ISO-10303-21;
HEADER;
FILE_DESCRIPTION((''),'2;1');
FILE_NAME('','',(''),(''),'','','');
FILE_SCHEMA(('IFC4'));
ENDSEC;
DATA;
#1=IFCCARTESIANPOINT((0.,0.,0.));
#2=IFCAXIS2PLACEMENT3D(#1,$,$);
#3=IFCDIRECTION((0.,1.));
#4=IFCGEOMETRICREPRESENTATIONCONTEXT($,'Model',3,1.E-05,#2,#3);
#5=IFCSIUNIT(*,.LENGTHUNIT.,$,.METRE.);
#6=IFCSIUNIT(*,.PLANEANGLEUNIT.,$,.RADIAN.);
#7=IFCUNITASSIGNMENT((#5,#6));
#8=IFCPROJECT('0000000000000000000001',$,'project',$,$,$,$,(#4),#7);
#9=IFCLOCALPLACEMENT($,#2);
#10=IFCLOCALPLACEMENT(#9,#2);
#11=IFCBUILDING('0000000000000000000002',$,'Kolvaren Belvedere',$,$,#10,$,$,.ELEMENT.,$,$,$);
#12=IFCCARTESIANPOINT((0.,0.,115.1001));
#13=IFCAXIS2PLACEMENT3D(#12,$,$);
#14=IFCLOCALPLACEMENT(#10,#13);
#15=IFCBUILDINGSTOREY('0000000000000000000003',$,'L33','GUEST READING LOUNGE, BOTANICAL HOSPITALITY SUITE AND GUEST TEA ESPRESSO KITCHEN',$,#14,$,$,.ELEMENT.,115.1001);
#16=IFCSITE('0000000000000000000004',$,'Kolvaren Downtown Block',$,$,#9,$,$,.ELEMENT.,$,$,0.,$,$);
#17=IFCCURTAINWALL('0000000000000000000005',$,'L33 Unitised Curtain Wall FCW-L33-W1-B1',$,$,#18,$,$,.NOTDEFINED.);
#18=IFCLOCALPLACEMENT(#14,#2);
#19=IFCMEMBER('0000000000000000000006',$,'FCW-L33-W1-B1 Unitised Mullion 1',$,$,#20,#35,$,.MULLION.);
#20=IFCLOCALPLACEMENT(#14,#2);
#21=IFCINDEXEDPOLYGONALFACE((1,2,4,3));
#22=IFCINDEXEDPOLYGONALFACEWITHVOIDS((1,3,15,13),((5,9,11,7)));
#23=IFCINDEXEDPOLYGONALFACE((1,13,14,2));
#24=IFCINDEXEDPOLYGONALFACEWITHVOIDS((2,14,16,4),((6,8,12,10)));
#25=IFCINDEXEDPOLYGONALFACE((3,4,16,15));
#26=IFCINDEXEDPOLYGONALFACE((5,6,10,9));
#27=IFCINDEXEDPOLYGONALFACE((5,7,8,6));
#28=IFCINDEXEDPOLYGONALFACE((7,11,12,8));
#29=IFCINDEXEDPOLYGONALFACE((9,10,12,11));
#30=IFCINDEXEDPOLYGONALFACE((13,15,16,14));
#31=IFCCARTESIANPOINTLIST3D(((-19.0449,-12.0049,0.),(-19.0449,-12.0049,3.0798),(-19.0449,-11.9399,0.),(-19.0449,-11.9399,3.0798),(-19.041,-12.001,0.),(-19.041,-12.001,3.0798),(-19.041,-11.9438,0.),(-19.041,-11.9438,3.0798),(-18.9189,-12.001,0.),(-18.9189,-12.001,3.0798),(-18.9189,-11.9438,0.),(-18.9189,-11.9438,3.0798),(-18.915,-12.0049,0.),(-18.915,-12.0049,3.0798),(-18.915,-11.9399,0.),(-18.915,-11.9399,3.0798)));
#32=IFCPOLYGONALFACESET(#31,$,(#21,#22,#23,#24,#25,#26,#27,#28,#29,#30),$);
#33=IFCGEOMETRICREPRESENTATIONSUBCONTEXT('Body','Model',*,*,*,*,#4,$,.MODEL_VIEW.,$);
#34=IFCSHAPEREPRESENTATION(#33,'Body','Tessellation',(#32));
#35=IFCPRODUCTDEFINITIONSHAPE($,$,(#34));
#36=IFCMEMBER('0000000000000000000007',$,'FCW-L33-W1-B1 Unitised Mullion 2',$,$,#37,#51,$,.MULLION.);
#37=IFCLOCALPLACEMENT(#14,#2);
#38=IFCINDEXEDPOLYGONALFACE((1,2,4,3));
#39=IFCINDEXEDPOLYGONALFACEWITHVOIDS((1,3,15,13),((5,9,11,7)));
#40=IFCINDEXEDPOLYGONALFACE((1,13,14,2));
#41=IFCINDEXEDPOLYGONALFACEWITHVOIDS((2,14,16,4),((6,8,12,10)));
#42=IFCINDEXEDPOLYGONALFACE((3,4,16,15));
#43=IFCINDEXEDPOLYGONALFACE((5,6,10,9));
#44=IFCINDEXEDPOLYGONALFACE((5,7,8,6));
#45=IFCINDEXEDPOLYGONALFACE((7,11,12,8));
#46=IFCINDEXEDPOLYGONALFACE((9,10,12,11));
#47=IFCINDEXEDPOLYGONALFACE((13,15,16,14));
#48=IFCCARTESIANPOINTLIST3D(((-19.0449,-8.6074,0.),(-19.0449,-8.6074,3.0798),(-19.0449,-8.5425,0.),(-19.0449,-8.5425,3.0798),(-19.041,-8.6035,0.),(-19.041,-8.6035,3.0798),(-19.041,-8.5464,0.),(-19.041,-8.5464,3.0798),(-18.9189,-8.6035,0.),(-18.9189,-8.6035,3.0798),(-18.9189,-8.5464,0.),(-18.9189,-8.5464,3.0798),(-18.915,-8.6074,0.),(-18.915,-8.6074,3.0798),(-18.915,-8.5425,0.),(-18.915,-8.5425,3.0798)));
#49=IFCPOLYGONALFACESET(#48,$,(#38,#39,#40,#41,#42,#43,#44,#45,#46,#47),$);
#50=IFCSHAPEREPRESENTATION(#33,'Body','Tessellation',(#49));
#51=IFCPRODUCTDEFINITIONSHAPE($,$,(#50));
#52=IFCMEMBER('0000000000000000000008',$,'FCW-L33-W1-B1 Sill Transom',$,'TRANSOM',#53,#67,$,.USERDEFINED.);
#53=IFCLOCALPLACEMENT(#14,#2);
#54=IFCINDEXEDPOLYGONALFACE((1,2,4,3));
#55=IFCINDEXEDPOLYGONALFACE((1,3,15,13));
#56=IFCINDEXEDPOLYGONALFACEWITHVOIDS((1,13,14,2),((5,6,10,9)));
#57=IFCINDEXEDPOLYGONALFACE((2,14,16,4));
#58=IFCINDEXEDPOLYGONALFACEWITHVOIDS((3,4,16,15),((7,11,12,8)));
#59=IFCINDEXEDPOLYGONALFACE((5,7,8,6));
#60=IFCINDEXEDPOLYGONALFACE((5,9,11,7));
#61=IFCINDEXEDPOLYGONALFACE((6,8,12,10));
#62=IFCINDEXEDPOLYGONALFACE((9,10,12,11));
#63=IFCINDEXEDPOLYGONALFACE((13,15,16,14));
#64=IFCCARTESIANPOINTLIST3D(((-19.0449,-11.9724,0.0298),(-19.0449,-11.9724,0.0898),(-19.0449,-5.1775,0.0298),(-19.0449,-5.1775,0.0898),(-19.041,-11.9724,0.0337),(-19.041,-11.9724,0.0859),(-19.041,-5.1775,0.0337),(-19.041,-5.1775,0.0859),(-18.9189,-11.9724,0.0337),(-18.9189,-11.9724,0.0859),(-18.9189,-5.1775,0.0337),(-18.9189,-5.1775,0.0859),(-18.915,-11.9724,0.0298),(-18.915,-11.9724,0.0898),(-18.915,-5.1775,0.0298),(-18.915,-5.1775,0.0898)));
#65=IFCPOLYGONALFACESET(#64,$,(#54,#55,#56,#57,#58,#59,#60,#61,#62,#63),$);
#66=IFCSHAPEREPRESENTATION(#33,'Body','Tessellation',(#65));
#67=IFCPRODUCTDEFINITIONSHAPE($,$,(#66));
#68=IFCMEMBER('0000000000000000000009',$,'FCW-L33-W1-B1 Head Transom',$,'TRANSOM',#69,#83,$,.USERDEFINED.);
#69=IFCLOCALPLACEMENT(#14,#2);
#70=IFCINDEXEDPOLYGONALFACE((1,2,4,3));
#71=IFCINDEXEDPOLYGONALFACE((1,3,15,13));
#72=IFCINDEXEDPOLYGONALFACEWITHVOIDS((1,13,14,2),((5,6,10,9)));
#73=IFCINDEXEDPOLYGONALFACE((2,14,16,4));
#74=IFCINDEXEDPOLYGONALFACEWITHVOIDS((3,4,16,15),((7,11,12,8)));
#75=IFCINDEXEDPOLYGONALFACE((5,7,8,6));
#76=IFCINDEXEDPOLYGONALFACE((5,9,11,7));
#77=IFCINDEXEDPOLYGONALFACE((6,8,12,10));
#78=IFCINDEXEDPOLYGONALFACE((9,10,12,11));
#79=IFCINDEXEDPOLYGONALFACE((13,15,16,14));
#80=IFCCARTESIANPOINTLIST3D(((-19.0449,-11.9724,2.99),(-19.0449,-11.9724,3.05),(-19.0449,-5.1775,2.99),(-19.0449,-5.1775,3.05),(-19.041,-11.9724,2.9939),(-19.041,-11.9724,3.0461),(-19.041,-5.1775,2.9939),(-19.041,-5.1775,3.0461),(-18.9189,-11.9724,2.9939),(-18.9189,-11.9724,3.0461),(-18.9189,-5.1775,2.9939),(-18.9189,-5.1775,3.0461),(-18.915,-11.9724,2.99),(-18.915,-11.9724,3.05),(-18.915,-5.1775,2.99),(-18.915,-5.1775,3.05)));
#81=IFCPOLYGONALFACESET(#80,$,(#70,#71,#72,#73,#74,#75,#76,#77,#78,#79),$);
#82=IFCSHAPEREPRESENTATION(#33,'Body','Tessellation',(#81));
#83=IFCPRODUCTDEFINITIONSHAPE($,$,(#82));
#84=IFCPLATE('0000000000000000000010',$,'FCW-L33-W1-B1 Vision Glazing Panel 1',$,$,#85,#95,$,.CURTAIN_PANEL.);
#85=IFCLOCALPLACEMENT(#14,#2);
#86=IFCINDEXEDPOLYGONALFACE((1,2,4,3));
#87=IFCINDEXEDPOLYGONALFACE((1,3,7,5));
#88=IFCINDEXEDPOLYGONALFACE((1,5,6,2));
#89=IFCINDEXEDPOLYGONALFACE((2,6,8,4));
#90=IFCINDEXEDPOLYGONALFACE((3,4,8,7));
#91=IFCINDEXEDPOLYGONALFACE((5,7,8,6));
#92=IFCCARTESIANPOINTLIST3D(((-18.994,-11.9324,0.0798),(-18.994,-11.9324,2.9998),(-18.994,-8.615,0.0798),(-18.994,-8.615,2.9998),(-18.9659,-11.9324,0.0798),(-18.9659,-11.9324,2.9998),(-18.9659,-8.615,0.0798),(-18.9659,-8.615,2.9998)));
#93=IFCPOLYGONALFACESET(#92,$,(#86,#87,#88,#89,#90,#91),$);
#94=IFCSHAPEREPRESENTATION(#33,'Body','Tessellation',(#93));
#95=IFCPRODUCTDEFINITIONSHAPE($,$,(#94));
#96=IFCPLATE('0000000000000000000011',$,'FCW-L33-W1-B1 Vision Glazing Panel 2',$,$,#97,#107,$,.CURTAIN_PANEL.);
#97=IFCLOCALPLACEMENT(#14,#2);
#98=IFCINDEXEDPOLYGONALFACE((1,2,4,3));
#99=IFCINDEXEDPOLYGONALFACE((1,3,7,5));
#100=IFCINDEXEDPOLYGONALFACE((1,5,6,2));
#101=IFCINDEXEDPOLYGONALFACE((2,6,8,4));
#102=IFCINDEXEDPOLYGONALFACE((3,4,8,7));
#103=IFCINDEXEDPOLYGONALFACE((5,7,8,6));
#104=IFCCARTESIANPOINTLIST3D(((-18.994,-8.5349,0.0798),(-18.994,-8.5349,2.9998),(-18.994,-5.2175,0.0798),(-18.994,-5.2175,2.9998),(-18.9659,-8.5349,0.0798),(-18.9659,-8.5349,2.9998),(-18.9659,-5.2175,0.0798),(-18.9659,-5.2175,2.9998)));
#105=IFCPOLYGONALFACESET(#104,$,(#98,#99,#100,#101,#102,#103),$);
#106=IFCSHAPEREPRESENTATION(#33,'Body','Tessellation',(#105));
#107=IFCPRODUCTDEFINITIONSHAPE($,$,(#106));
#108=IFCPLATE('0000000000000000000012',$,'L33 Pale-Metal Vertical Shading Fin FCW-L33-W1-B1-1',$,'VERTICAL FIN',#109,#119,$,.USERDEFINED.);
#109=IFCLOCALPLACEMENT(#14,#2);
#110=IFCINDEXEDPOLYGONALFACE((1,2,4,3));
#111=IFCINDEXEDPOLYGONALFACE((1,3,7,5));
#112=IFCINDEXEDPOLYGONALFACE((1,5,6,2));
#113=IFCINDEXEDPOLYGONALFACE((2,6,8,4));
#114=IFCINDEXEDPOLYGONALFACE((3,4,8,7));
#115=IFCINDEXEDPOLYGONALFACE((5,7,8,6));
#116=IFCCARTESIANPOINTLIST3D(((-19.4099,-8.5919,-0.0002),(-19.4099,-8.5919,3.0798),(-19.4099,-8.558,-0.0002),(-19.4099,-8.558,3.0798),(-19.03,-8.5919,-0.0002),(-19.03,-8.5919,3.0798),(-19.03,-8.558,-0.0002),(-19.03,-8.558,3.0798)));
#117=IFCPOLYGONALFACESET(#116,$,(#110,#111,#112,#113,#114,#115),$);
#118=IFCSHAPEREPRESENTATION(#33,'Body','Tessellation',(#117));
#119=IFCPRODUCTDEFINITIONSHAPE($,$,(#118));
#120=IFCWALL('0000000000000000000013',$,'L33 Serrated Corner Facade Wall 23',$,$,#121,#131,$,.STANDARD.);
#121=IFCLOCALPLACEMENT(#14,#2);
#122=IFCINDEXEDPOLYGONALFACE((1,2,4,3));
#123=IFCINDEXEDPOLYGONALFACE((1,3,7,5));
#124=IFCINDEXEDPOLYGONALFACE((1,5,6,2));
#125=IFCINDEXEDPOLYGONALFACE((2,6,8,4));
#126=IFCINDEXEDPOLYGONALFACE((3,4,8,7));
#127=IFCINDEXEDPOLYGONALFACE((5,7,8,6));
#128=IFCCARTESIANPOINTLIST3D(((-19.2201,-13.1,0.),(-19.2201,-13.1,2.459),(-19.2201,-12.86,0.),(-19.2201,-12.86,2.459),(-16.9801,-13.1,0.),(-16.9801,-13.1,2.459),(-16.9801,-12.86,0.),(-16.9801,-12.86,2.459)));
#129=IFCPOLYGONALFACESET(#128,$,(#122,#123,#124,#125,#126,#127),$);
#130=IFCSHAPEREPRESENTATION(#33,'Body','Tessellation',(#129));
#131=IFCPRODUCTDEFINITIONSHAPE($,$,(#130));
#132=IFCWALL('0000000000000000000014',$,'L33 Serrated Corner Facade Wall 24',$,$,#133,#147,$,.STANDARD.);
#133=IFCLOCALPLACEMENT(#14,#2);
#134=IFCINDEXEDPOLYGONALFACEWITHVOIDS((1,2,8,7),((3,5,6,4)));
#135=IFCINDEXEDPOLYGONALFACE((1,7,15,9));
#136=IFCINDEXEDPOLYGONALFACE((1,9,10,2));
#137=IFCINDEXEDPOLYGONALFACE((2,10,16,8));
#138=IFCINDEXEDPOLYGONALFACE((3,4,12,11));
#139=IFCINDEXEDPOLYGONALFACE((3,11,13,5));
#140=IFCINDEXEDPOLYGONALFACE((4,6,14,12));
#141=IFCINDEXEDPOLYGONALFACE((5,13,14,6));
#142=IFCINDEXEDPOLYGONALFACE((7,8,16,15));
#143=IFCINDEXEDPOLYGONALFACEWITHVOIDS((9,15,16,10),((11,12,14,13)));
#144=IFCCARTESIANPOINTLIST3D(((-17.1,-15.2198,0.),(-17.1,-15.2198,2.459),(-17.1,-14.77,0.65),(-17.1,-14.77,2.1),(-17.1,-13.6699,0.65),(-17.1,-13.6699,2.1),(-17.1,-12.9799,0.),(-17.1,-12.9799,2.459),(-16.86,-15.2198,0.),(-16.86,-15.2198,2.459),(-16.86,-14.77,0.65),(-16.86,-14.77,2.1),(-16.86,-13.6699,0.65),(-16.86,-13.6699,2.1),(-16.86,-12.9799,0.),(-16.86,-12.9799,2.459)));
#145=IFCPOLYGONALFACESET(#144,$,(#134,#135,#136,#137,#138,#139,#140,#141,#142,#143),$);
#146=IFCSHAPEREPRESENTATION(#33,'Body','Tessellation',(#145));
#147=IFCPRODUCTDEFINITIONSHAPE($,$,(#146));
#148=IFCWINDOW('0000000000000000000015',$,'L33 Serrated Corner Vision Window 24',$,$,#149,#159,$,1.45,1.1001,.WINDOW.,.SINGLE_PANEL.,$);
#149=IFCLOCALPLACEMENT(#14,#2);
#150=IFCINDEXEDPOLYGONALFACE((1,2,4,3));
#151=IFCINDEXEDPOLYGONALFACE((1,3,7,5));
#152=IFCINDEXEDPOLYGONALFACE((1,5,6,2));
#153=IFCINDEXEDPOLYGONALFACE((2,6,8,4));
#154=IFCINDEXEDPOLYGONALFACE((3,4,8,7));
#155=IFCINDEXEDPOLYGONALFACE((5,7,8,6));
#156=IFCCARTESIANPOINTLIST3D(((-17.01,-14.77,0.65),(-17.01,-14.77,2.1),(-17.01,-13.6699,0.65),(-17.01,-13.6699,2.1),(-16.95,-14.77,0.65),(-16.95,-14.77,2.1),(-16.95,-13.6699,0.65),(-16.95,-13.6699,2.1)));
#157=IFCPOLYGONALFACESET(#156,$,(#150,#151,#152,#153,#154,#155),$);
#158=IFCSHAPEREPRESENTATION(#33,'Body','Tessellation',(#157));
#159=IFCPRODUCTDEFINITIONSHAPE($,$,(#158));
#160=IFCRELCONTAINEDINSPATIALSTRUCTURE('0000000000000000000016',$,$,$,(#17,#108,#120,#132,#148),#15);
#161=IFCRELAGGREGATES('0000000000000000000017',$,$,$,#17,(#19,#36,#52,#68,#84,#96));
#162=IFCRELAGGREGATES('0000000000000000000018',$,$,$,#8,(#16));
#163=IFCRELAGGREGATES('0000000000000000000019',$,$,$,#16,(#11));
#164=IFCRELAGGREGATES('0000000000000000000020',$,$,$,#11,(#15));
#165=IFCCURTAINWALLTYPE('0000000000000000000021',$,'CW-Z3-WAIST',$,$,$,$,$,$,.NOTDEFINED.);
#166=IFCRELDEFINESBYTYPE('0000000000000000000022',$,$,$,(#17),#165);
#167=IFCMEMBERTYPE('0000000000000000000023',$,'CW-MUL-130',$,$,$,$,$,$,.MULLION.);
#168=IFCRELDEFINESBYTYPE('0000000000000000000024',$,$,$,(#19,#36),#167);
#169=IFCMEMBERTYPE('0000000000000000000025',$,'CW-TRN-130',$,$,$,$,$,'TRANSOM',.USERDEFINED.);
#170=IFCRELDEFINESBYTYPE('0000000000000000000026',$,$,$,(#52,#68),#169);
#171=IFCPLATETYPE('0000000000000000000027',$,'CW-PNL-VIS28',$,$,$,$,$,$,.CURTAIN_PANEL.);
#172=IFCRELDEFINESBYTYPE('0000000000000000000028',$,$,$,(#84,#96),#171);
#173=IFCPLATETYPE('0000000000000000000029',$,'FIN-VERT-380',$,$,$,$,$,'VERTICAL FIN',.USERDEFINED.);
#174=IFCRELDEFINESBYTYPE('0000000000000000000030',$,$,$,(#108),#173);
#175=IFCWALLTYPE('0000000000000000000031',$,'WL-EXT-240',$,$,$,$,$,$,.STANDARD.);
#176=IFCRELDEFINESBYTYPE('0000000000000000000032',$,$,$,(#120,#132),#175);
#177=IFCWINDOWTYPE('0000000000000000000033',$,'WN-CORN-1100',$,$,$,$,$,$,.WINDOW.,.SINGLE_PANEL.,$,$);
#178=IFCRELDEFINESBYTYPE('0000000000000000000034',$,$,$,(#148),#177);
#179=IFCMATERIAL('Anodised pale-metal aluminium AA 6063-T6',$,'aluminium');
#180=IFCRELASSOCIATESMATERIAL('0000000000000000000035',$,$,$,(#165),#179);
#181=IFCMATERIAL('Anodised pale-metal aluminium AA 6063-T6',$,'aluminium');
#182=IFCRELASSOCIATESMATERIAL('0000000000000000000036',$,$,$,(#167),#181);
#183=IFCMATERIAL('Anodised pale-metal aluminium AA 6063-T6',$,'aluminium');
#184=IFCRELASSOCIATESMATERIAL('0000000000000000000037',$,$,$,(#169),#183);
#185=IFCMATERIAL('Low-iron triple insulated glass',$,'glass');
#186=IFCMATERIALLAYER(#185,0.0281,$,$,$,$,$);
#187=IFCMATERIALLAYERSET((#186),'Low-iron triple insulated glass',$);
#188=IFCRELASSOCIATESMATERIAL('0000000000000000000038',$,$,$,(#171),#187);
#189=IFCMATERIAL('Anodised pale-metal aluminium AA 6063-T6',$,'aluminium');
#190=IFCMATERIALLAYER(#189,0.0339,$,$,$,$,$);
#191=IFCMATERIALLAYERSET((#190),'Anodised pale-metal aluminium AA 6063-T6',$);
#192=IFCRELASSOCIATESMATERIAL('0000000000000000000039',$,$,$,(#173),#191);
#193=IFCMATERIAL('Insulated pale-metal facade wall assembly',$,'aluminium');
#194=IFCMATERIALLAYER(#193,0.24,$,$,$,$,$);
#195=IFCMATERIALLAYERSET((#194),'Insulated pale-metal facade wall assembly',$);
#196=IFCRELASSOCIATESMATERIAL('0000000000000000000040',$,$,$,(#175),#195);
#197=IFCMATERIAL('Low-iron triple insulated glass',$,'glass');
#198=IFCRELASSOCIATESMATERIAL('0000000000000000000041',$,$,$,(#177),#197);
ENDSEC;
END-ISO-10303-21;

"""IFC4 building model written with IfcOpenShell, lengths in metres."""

from ifc_helpers import new_model, si_unit, direction, frame, frame_2d, origin, origin_2d, place, context, subcontext, project, spatial, rectangle, hollow_rectangle, extrude, material, layer, layer_set, material_profile, profile_set, type_object, element, fill, aggregate, save


model = new_model("IFC4")

# Units and contexts
model_context = context("Model", 3, precision=1e-05, world=origin(), true_north=direction((0.0, 1.0)))
body_context = subcontext(model_context, "Body", "Model", "MODEL_VIEW")
ifc_project = project(units=[si_unit("LENGTHUNIT", "METRE"), si_unit("PLANEANGLEUNIT", "RADIAN")], contexts=[model_context])

# Site, building, storey
site_placement = place(None, origin())
site = spatial("IfcSite", under=ifc_project, at=site_placement, Name="Kolvaren Downtown Block", CompositionType="ELEMENT", RefElevation=0.0)
building_placement = place(site_placement, origin())
building = spatial("IfcBuilding", under=site, at=building_placement, Name="Kolvaren Belvedere", CompositionType="ELEMENT")
storey_placement = place(building_placement, frame((0.0, 0.0, 115.1001)))
storey = spatial("IfcBuildingStorey", under=building, at=storey_placement, Name="L33", Description="GUEST READING LOUNGE, BOTANICAL HOSPITALITY SUITE AND GUEST TEA ESPRESSO KITCHEN", CompositionType="ELEMENT", Elevation=115.1001)

# Shared definitions
ifc_material_1 = material(Name="Anodised pale-metal aluminium AA 6063-T6", Category="aluminium")
curtain_wall_type = type_object("IfcCurtainWallType", Name="CW-Z3-WAIST", PredefinedType="NOTDEFINED", material=ifc_material_1)
ifc_material_2 = material(Name="Anodised pale-metal aluminium AA 6063-T6", Category="aluminium")
ifc_material_profile_1 = material_profile(ifc_material_2, hollow_rectangle(XDim=0.0649, YDim=0.1299, WallThickness=0.0039, at=origin_2d()), Name="ALU-MUL-130X65")
ifc_profile_set_1 = profile_set([ifc_material_profile_1], Name="Anodised pale-metal aluminium AA 6063-T6")
member_type_1 = type_object("IfcMemberType", Name="CW-MUL-130", PredefinedType="MULLION", material=ifc_profile_set_1)

# Curtain wall, members, plates
curtain_wall_1_placement = place(storey_placement, origin())
curtain_wall_1 = element("IfcCurtainWall", 1, at=curtain_wall_1_placement, inside=storey, type_object=curtain_wall_type, Name="L33 Unitised Curtain Wall FCW-L33-W1-B1", PredefinedType="NOTDEFINED")
member_1_placement = place(storey_placement, frame((-18.98, -11.9724, 0.0), z_axis=(0.0, 0.0, 1.0), x_axis=(0.0, 1.0, 0.0)))
member_1 = element("IfcMember", 2, at=member_1_placement, type_object=member_type_1, Name="FCW-L33-W1-B1 Unitised Mullion 1", PredefinedType="MULLION", context=body_context, shape_type="SweptSolid", body=[
    extrude(hollow_rectangle(XDim=0.0649, YDim=0.1299, WallThickness=0.0039, at=origin_2d()), origin(), (0.0, 0.0, 1.0), 3.0798),
])
member_2_placement = place(storey_placement, frame((-18.98, -8.575, 0.0), z_axis=(0.0, 0.0, 1.0), x_axis=(0.0, 1.0, 0.0)))
member_2 = element("IfcMember", 3, at=member_2_placement, type_object=member_type_1, Name="FCW-L33-W1-B1 Unitised Mullion 2", PredefinedType="MULLION", context=body_context, shape_type="SweptSolid", body=[
    extrude(hollow_rectangle(XDim=0.0649, YDim=0.1299, WallThickness=0.0039, at=origin_2d()), origin(), (0.0, 0.0, 1.0), 3.0798),
])
ifc_material_3 = material(Name="Anodised pale-metal aluminium AA 6063-T6", Category="aluminium")
ifc_material_profile_2 = material_profile(ifc_material_3, hollow_rectangle(XDim=0.0601, YDim=0.1299, WallThickness=0.0039, at=origin_2d()), Name="ALU-TRN-130X60")
ifc_profile_set_2 = profile_set([ifc_material_profile_2], Name="Anodised pale-metal aluminium AA 6063-T6")
member_type_2 = type_object("IfcMemberType", Name="CW-TRN-130", ElementType="TRANSOM", PredefinedType="USERDEFINED", material=ifc_profile_set_2)
member_3_placement = place(storey_placement, frame((-18.98, -11.9724, 0.0598), z_axis=(0.0, 1.0, 0.0), x_axis=(0.0, 0.0, 1.0)))
member_3 = element("IfcMember", 4, at=member_3_placement, type_object=member_type_2, Name="FCW-L33-W1-B1 Sill Transom", ObjectType="TRANSOM", PredefinedType="USERDEFINED", context=body_context, shape_type="SweptSolid", body=[
    extrude(hollow_rectangle(XDim=0.0601, YDim=0.1299, WallThickness=0.0039, at=origin_2d()), origin(), (0.0, 0.0, 1.0), 6.7949),
])
member_4_placement = place(storey_placement, frame((-18.98, -11.9724, 3.02), z_axis=(0.0, 1.0, 0.0), x_axis=(0.0, 0.0, 1.0)))
member_4 = element("IfcMember", 5, at=member_4_placement, type_object=member_type_2, Name="FCW-L33-W1-B1 Head Transom", ObjectType="TRANSOM", PredefinedType="USERDEFINED", context=body_context, shape_type="SweptSolid", body=[
    extrude(hollow_rectangle(XDim=0.0601, YDim=0.1299, WallThickness=0.0039, at=origin_2d()), origin(), (0.0, 0.0, 1.0), 6.7949),
])
ifc_material_4 = material(Name="Low-iron triple insulated glass", Category="glass")
ifc_layer_1 = layer(ifc_material_4, 0.0281)
ifc_layer_set_1 = layer_set([ifc_layer_1], Name="Low-iron triple insulated glass")
plate_type_1 = type_object("IfcPlateType", Name="CW-PNL-VIS28", PredefinedType="CURTAIN_PANEL", material=ifc_layer_set_1)
plate_1_placement = place(storey_placement, frame((-18.98, -10.2737, 0.0798), z_axis=(0.0, 0.0, 1.0), x_axis=(0.0, 1.0, 0.0)))
plate_1 = element("IfcPlate", 6, at=plate_1_placement, type_object=plate_type_1, Name="FCW-L33-W1-B1 Vision Glazing Panel 1", PredefinedType="CURTAIN_PANEL", context=body_context, shape_type="SweptSolid", body=[
    extrude(rectangle(XDim=3.3174, YDim=0.0281, at=origin_2d()), origin(), (0.0, 0.0, 1.0), 2.9199),
])
plate_2_placement = place(storey_placement, frame((-18.98, -6.8762, 0.0798), z_axis=(0.0, 0.0, 1.0), x_axis=(0.0, 1.0, 0.0)))
plate_2 = element("IfcPlate", 7, at=plate_2_placement, type_object=plate_type_1, Name="FCW-L33-W1-B1 Vision Glazing Panel 2", PredefinedType="CURTAIN_PANEL", context=body_context, shape_type="SweptSolid", body=[
    extrude(rectangle(XDim=3.3174, YDim=0.0281, at=origin_2d()), origin(), (0.0, 0.0, 1.0), 2.9199),
])
aggregate(curtain_wall_1, [member_1, member_2, member_3, member_4, plate_1, plate_2])

# Plate
ifc_material_5 = material(Name="Anodised pale-metal aluminium AA 6063-T6", Category="aluminium")
ifc_layer_2 = layer(ifc_material_5, 0.0339)
ifc_layer_set_2 = layer_set([ifc_layer_2], Name="Anodised pale-metal aluminium AA 6063-T6")
plate_type_2 = type_object("IfcPlateType", Name="FIN-VERT-380", ElementType="VERTICAL FIN", PredefinedType="USERDEFINED", material=ifc_layer_set_2)
plate_3_placement = place(storey_placement, frame((-19.22, -8.575, -0.0002), z_axis=(0.0, 0.0, 1.0), x_axis=(1.0, 0.0, 0.0)))
element("IfcPlate", 8, at=plate_3_placement, inside=storey, type_object=plate_type_2, Name="L33 Pale-Metal Vertical Shading Fin FCW-L33-W1-B1-1", ObjectType="VERTICAL FIN", PredefinedType="USERDEFINED", context=body_context, shape_type="SweptSolid", body=[
    extrude(rectangle(XDim=0.3799, YDim=0.0339, at=origin_2d()), origin(), (0.0, 0.0, 1.0), 3.0801),
])

# Wall
ifc_material_6 = material(Name="Insulated pale-metal facade wall assembly", Category="aluminium")
ifc_layer_3 = layer(ifc_material_6, 0.24)
ifc_layer_set_3 = layer_set([ifc_layer_3], Name="Insulated pale-metal facade wall assembly")
wall_type_1 = type_object("IfcWallType", Name="WL-EXT-240", PredefinedType="STANDARD", material=ifc_layer_set_3)
wall_1_placement = place(storey_placement, frame((-16.98, -12.98, 0.0), z_axis=(0.0, 0.0, 1.0), x_axis=(-1.0, 0.0, 0.0)))
element("IfcWall", 9, at=wall_1_placement, inside=storey, type_object=wall_type_1, Name="L33 Serrated Corner Facade Wall 23", PredefinedType="STANDARD", context=body_context, shape_type="SweptSolid", body=[
    extrude(rectangle(XDim=2.24, YDim=0.24, at=frame_2d((1.1201, 0.0))), origin(), (0.0, 0.0, 1.0), 2.459),
])

# Wall, opening, window
wall_2_placement = place(storey_placement, frame((-16.98, -15.22, 0.0), z_axis=(0.0, 0.0, 1.0), x_axis=(0.0, 1.0, 0.0)))
wall_2 = element("IfcWall", 10, at=wall_2_placement, inside=storey, type_object=wall_type_1, Name="L33 Serrated Corner Facade Wall 24", PredefinedType="STANDARD", context=body_context, shape_type="SweptSolid", body=[
    extrude(rectangle(XDim=2.24, YDim=0.24, at=frame_2d((1.1201, 0.0))), origin(), (0.0, 0.0, 1.0), 2.459),
])
opening_1_placement = place(wall_2_placement, frame((0.45, 0.0, 0.6499)))
opening_1 = element("IfcOpeningElement", 11, at=opening_1_placement, cuts=wall_2, PredefinedType="OPENING", context=body_context, shape_type="SweptSolid", body=[
    extrude(rectangle(XDim=1.1001, YDim=1.45, at=frame_2d((0.55, 0.7251))), frame((0.0, 0.1299, 0.0), z_axis=(0.0, -1.0, 0.0), x_axis=(1.0, 0.0, 0.0)), (0.0, 0.0, 1.0), 0.26),
])
ifc_material_7 = material(Name="Low-iron triple insulated glass", Category="glass")
window_type = type_object("IfcWindowType", Name="WN-CORN-1100", PartitioningType="SINGLE_PANEL", PredefinedType="WINDOW", material=ifc_material_7)
window_1_placement = place(opening_1_placement, origin())
window_1 = element("IfcWindow", 12, at=window_1_placement, inside=storey, type_object=window_type, Name="L33 Serrated Corner Vision Window 24", OverallHeight=1.45, OverallWidth=1.1001, PartitioningType="SINGLE_PANEL", PredefinedType="WINDOW", context=body_context, shape_type="SweptSolid", body=[
    extrude(rectangle(XDim=1.1001, YDim=1.45, at=frame_2d((0.55, 0.7251))), frame((0.0, 0.03, 0.0), z_axis=(0.0, -1.0, 0.0), x_axis=(1.0, 0.0, 0.0)), (0.0, 0.0, 1.0), 0.0601),
])
fill(opening_1, window_1)

save(model, "model.ifc")
